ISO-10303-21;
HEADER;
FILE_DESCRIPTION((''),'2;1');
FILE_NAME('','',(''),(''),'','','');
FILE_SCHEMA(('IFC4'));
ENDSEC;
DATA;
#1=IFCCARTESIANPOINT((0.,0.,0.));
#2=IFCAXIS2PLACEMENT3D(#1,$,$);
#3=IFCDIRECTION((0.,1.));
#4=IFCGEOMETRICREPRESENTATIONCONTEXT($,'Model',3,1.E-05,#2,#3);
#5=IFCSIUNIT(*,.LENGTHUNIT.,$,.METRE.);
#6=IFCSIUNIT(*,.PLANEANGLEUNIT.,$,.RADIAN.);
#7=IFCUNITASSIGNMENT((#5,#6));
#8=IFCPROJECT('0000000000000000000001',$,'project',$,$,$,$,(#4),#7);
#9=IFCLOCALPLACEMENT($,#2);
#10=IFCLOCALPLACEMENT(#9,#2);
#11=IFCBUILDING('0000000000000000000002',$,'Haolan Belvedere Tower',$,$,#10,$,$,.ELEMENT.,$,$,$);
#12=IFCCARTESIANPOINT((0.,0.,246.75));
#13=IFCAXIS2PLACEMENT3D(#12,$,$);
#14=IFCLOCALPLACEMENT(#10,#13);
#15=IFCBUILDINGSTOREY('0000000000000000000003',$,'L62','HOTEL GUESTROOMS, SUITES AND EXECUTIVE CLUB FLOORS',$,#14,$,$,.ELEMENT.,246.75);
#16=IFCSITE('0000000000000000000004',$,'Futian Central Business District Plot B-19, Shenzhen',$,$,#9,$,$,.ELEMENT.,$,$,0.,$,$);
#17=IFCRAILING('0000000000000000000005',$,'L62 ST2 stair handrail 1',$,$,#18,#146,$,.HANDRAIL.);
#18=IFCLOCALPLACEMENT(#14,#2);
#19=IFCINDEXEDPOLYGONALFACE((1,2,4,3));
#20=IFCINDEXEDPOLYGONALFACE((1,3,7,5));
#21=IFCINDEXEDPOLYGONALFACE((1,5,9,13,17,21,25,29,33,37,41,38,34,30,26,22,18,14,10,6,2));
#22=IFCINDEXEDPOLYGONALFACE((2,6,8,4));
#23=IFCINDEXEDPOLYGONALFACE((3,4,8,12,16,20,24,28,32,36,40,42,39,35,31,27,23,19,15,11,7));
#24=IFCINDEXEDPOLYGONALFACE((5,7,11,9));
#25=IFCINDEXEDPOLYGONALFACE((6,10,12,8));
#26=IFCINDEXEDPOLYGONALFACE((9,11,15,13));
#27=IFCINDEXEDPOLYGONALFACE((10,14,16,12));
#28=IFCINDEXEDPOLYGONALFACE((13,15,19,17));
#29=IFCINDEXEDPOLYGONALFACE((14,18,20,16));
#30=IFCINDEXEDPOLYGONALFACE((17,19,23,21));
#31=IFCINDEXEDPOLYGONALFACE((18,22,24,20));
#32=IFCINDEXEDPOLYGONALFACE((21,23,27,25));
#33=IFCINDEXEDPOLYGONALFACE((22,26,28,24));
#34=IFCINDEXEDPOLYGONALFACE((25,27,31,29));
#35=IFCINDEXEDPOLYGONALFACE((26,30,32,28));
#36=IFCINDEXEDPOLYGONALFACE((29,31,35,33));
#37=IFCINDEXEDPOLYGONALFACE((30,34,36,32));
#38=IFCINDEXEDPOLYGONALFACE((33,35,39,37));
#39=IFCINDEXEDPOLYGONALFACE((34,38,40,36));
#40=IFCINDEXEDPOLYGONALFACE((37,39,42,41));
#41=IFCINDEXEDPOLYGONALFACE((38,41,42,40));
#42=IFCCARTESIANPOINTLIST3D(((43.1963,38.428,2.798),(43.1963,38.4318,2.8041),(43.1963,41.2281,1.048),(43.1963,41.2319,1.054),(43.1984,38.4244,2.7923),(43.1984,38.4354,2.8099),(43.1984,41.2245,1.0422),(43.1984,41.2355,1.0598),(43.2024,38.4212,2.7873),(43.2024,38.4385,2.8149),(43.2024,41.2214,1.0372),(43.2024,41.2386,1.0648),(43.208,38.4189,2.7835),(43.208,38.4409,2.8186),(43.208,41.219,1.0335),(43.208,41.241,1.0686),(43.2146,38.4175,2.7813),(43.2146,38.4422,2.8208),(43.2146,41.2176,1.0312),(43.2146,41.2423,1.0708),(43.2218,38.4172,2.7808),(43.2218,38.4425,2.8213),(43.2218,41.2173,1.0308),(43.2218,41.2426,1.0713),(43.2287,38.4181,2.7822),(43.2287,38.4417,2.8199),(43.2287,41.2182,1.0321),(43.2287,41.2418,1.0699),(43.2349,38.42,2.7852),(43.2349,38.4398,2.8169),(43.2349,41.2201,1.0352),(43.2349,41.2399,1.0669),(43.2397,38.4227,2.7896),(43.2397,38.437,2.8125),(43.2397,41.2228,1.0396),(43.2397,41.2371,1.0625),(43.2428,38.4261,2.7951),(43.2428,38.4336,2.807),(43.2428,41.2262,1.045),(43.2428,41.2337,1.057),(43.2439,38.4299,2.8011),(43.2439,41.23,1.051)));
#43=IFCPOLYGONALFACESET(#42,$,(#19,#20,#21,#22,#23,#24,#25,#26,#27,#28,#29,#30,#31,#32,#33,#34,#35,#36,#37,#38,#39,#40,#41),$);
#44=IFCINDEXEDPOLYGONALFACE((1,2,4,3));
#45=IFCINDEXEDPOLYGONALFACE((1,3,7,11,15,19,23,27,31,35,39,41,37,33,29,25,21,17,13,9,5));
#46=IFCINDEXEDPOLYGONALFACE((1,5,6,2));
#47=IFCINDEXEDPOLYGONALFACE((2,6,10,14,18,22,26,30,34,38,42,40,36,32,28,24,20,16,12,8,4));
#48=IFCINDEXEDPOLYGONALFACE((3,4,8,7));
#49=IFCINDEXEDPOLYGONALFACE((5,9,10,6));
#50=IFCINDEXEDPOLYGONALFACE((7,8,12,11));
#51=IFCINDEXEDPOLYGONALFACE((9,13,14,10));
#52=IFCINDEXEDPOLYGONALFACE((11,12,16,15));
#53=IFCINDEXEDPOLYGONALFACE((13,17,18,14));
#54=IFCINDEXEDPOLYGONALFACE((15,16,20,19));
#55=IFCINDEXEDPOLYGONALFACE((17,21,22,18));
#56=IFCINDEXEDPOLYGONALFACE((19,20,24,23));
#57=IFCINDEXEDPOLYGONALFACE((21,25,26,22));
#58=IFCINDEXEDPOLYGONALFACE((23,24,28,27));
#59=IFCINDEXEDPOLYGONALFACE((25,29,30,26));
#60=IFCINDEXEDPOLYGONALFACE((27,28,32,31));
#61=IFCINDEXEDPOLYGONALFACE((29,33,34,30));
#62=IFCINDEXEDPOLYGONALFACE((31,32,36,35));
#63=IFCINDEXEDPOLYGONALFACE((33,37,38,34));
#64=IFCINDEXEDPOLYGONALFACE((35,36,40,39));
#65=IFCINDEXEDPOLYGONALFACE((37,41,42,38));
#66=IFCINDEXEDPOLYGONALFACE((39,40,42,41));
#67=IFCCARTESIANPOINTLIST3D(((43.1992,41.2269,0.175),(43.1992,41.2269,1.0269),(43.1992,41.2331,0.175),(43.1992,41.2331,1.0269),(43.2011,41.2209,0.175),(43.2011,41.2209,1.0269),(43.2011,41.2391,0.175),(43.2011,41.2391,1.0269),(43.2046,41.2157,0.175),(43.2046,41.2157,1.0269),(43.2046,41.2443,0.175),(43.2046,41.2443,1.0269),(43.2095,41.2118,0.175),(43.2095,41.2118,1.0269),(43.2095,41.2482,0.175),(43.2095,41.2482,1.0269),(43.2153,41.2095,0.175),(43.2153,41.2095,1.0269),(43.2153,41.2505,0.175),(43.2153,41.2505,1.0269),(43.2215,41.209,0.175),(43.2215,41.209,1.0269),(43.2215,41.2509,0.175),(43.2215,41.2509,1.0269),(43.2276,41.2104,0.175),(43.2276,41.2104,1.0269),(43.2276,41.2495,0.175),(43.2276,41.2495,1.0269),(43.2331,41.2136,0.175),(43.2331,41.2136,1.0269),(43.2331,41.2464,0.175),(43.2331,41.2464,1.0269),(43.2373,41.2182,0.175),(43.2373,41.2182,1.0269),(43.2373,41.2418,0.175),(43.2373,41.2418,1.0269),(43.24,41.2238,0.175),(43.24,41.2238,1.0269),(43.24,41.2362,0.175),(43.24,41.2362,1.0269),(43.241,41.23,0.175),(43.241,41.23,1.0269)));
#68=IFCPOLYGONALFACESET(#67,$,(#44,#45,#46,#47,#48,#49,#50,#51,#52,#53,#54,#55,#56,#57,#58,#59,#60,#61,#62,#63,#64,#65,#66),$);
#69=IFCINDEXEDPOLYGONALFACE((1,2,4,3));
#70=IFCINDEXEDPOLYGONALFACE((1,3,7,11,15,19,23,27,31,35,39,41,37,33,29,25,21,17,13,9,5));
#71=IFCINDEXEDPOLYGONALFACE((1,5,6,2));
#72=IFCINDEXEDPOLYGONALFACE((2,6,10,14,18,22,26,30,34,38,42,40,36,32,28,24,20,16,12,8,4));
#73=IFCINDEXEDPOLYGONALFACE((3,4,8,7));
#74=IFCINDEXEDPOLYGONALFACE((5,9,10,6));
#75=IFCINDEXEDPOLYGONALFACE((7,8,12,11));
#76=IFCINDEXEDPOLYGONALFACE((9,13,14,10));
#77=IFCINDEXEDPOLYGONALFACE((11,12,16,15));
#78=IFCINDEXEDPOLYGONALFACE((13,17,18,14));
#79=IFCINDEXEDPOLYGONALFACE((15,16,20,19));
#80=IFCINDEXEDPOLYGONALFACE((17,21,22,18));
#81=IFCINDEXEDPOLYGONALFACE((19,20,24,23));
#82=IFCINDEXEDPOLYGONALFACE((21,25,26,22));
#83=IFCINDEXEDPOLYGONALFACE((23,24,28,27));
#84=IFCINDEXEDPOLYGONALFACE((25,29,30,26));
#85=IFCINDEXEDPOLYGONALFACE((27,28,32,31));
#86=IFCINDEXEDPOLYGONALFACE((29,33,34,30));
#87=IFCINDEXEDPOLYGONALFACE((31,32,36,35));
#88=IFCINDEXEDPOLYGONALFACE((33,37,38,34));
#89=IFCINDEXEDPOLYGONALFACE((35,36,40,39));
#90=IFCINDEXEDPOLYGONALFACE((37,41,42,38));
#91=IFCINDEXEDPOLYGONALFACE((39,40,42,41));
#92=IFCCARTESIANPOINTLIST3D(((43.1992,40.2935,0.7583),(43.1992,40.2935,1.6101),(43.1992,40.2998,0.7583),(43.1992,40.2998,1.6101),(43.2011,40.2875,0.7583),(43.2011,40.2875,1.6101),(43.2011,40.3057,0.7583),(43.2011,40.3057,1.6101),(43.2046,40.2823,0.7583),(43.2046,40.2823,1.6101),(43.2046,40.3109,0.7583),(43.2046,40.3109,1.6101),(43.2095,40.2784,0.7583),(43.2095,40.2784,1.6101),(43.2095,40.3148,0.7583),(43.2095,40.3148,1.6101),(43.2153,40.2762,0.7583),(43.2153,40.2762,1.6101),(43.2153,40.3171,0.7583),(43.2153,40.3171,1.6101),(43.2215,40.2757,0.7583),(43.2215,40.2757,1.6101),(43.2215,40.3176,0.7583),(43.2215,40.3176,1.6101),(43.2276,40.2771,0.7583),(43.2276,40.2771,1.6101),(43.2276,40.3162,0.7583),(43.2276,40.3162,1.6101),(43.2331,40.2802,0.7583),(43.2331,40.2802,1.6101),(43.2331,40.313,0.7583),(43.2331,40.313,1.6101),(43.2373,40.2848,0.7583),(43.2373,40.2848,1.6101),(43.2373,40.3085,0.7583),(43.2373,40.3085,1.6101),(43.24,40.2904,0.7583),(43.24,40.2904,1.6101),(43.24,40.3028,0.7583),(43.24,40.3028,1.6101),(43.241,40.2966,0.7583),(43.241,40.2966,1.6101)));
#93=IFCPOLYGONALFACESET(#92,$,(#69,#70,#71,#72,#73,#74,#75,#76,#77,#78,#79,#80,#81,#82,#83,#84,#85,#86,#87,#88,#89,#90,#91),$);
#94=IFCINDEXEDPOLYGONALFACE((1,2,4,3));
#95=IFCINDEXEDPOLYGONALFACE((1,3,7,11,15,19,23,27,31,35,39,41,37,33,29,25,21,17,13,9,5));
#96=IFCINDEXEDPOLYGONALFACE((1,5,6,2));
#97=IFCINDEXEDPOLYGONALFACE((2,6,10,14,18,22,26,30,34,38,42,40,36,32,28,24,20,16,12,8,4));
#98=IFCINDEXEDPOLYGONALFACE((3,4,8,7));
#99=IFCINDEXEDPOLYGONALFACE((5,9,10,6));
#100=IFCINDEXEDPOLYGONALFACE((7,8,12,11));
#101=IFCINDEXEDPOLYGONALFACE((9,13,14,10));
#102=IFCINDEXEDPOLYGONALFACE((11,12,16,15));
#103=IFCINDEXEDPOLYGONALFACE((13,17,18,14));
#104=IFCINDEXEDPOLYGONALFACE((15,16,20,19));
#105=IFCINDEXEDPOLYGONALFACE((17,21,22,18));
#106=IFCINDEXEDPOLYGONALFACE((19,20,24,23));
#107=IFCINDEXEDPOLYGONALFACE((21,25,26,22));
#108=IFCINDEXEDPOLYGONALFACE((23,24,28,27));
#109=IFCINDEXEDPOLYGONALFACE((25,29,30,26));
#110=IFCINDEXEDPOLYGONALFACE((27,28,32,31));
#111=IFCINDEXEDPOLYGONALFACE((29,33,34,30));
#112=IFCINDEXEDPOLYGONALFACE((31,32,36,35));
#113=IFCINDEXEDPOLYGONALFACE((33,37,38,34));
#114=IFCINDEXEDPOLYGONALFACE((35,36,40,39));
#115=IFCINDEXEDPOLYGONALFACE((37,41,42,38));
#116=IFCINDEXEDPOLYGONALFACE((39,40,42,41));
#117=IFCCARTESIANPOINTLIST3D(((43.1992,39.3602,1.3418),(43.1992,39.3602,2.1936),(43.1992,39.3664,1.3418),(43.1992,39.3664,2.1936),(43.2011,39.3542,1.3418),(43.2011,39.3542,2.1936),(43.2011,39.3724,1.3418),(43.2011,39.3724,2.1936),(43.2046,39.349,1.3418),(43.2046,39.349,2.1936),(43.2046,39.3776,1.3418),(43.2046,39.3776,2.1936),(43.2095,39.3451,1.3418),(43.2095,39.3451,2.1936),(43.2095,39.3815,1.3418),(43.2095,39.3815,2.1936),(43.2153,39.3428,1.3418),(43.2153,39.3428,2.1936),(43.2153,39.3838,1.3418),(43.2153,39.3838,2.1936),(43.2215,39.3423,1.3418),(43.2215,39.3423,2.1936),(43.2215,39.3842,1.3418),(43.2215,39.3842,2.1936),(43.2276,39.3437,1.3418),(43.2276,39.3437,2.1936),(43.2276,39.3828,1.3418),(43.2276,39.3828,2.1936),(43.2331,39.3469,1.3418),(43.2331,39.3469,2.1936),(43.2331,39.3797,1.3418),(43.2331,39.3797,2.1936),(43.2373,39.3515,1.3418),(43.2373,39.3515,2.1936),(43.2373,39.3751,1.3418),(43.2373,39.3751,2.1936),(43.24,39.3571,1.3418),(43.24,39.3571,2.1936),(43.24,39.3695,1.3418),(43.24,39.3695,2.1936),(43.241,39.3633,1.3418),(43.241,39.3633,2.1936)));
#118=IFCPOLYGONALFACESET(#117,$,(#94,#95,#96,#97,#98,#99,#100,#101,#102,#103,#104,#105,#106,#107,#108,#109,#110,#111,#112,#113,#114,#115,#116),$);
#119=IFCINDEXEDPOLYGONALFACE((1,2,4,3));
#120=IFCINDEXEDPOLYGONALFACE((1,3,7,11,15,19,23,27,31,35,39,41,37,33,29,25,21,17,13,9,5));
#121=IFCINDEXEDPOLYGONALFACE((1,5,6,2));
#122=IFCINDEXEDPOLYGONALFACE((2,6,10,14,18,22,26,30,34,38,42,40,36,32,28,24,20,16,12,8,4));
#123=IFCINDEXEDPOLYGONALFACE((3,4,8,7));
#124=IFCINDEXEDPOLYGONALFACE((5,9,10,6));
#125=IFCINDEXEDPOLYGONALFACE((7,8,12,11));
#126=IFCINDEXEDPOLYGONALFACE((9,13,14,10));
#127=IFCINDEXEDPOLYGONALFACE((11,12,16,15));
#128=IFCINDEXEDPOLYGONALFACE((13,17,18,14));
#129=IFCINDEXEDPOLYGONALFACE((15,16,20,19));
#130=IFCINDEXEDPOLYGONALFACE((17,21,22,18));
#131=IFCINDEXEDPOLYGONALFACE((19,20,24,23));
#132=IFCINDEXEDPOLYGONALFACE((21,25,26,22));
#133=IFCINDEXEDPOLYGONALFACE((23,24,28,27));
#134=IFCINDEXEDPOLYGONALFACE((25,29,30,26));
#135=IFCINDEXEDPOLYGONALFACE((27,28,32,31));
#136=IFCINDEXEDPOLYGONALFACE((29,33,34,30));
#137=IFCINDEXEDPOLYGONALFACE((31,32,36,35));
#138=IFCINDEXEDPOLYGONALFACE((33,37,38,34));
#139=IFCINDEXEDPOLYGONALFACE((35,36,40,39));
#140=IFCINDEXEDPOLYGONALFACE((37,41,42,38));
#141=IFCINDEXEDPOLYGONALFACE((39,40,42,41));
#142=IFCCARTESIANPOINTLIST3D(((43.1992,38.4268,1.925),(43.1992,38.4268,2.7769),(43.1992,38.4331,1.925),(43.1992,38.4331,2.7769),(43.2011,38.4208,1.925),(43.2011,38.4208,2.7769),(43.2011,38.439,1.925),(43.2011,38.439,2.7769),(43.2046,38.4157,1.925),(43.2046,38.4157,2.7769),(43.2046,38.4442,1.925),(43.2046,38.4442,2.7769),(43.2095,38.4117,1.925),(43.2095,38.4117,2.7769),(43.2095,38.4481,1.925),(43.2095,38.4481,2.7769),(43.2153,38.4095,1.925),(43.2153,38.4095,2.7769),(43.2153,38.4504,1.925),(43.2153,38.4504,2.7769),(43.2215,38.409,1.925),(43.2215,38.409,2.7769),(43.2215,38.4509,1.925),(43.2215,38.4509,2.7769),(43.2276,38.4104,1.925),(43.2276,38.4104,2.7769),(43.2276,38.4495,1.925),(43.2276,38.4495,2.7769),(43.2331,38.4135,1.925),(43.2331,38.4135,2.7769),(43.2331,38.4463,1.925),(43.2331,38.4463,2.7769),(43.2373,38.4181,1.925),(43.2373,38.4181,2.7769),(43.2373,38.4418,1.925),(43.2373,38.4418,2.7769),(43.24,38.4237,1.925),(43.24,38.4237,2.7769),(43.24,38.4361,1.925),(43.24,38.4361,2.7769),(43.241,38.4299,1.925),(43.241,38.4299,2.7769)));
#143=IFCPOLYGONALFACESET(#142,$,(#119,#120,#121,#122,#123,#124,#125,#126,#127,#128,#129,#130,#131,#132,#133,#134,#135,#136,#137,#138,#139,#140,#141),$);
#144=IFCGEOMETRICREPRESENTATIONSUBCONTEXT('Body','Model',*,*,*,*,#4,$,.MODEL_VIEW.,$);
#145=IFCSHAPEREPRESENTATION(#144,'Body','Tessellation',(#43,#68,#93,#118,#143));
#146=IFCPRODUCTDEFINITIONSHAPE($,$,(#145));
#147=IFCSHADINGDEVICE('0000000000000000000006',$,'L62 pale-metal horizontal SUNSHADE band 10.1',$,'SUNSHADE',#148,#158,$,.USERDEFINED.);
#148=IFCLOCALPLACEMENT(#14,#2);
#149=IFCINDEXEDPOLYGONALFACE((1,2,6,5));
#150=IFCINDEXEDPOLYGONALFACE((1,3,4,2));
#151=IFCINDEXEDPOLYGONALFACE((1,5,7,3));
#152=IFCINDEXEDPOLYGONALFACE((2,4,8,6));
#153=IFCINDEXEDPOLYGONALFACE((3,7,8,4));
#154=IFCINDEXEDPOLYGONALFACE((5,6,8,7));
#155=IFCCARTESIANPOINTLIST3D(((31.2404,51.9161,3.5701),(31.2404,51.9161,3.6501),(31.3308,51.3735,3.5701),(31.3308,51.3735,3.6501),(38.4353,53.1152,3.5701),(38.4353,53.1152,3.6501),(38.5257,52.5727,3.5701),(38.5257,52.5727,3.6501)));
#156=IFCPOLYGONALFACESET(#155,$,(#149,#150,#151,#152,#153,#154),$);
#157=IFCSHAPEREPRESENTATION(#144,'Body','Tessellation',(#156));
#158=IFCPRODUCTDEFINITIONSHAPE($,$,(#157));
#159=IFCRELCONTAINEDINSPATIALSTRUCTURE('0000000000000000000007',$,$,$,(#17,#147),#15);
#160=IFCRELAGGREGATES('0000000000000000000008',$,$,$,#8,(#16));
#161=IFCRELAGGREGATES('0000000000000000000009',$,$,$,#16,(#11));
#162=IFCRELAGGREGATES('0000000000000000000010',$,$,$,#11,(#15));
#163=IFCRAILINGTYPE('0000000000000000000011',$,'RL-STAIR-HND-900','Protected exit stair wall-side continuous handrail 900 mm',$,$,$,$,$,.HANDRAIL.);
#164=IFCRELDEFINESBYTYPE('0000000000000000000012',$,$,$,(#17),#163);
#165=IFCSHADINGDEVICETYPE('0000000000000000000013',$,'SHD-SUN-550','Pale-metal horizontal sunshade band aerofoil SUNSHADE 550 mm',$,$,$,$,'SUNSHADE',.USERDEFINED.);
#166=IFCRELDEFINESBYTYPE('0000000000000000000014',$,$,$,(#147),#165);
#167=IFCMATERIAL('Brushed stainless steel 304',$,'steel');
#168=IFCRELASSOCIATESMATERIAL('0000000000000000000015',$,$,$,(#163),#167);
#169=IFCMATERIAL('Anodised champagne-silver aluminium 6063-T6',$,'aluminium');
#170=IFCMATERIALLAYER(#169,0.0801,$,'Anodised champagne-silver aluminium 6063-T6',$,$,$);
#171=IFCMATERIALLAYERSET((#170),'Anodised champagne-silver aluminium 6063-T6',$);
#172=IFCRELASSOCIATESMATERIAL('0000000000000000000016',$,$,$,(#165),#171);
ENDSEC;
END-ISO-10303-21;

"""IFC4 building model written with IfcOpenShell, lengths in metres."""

from ifc_helpers import new_model, si_unit, direction, frame, origin, origin_2d, place, context, subcontext, project, spatial, rectangle, circle, extrude, material, layer, layer_set, type_object, element, save


model = new_model("IFC4")

# Units and contexts
model_context = context("Model", 3, precision=1e-05, world=origin(), true_north=direction((0.0, 1.0)))
body_context = subcontext(model_context, "Body", "Model", "MODEL_VIEW")
ifc_project = project(units=[si_unit("LENGTHUNIT", "METRE"), si_unit("PLANEANGLEUNIT", "RADIAN")], contexts=[model_context])

# Site, building, storey
site_placement = place(None, origin())
site = spatial("IfcSite", under=ifc_project, at=site_placement, Name="Futian Central Business District Plot B-19, Shenzhen", CompositionType="ELEMENT", RefElevation=0.0)
building_placement = place(site_placement, origin())
building = spatial("IfcBuilding", under=site, at=building_placement, Name="Haolan Belvedere Tower", CompositionType="ELEMENT")
storey_placement = place(building_placement, frame((0.0, 0.0, 246.75)))
storey = spatial("IfcBuildingStorey", under=building, at=storey_placement, Name="L62", Description="HOTEL GUESTROOMS, SUITES AND EXECUTIVE CLUB FLOORS", CompositionType="ELEMENT", Elevation=246.75)

# Railing
ifc_material_1 = material(Name="Brushed stainless steel 304", Category="steel")
railing_type_1 = type_object("IfcRailingType", Name="RL-STAIR-HND-900", Description="Protected exit stair wall-side continuous handrail 900 mm", PredefinedType="HANDRAIL", material=ifc_material_1)
for number, where, name in (
    (1, (43.22, 41.23, 0.175), "L62 ST2 stair handrail 1"),
):
    element("IfcRailing", number, at=place(storey_placement, frame(where)), inside=storey, type_object=railing_type_1, Name=name, PredefinedType="HANDRAIL", context=body_context, shape_type="SweptSolid", body=[
        extrude(circle(Radius=0.0239, at=origin_2d()), frame((0.0, 0.0, 0.876), z_axis=(0.0, -0.848002, 0.529992), x_axis=(1.0, 0.0, 0.0)), (0.0, 0.0, 1.0), 3.302),
        extrude(circle(Radius=0.021, at=origin_2d()), origin(), (0.0, 0.0, 1.0), 0.8518),
        extrude(circle(Radius=0.021, at=origin_2d()), frame((0.0, -0.9333, 0.5833)), (0.0, 0.0, 1.0), 0.8518),
        extrude(circle(Radius=0.021, at=origin_2d()), frame((0.0, -1.8667, 1.1667)), (0.0, 0.0, 1.0), 0.8518),
        extrude(circle(Radius=0.021, at=origin_2d()), frame((0.0, -2.8, 1.75)), (0.0, 0.0, 1.0), 0.8518),
    ])

# Shading device
ifc_material_2 = material(Name="Anodised champagne-silver aluminium 6063-T6", Category="aluminium")
ifc_layer_1 = layer(ifc_material_2, 0.0801, Name="Anodised champagne-silver aluminium 6063-T6")
ifc_layer_set_1 = layer_set([ifc_layer_1], Name="Anodised champagne-silver aluminium 6063-T6")
shading_device_type = type_object("IfcShadingDeviceType", Name="SHD-SUN-550", Description="Pale-metal horizontal sunshade band aerofoil SUNSHADE 550 mm", ElementType="SUNSHADE", PredefinedType="USERDEFINED", material=ifc_layer_set_1)
shading_device_placement = place(storey_placement, frame((34.8831, 52.2444, 3.5701), z_axis=(0.0, 0.0, 1.0), x_axis=(-0.986395, -0.164393, 0.0)))
element("IfcShadingDevice", 2, at=shading_device_placement, inside=storey, type_object=shading_device_type, Name="L62 pale-metal horizontal SUNSHADE band 10.1", ObjectType="SUNSHADE", PredefinedType="USERDEFINED", context=body_context, shape_type="SweptSolid", body=[
    extrude(rectangle(XDim=7.2942, YDim=0.55, at=origin_2d()), origin(), (0.0, 0.0, 1.0), 0.0801),
])

save(model, "model.ifc")
